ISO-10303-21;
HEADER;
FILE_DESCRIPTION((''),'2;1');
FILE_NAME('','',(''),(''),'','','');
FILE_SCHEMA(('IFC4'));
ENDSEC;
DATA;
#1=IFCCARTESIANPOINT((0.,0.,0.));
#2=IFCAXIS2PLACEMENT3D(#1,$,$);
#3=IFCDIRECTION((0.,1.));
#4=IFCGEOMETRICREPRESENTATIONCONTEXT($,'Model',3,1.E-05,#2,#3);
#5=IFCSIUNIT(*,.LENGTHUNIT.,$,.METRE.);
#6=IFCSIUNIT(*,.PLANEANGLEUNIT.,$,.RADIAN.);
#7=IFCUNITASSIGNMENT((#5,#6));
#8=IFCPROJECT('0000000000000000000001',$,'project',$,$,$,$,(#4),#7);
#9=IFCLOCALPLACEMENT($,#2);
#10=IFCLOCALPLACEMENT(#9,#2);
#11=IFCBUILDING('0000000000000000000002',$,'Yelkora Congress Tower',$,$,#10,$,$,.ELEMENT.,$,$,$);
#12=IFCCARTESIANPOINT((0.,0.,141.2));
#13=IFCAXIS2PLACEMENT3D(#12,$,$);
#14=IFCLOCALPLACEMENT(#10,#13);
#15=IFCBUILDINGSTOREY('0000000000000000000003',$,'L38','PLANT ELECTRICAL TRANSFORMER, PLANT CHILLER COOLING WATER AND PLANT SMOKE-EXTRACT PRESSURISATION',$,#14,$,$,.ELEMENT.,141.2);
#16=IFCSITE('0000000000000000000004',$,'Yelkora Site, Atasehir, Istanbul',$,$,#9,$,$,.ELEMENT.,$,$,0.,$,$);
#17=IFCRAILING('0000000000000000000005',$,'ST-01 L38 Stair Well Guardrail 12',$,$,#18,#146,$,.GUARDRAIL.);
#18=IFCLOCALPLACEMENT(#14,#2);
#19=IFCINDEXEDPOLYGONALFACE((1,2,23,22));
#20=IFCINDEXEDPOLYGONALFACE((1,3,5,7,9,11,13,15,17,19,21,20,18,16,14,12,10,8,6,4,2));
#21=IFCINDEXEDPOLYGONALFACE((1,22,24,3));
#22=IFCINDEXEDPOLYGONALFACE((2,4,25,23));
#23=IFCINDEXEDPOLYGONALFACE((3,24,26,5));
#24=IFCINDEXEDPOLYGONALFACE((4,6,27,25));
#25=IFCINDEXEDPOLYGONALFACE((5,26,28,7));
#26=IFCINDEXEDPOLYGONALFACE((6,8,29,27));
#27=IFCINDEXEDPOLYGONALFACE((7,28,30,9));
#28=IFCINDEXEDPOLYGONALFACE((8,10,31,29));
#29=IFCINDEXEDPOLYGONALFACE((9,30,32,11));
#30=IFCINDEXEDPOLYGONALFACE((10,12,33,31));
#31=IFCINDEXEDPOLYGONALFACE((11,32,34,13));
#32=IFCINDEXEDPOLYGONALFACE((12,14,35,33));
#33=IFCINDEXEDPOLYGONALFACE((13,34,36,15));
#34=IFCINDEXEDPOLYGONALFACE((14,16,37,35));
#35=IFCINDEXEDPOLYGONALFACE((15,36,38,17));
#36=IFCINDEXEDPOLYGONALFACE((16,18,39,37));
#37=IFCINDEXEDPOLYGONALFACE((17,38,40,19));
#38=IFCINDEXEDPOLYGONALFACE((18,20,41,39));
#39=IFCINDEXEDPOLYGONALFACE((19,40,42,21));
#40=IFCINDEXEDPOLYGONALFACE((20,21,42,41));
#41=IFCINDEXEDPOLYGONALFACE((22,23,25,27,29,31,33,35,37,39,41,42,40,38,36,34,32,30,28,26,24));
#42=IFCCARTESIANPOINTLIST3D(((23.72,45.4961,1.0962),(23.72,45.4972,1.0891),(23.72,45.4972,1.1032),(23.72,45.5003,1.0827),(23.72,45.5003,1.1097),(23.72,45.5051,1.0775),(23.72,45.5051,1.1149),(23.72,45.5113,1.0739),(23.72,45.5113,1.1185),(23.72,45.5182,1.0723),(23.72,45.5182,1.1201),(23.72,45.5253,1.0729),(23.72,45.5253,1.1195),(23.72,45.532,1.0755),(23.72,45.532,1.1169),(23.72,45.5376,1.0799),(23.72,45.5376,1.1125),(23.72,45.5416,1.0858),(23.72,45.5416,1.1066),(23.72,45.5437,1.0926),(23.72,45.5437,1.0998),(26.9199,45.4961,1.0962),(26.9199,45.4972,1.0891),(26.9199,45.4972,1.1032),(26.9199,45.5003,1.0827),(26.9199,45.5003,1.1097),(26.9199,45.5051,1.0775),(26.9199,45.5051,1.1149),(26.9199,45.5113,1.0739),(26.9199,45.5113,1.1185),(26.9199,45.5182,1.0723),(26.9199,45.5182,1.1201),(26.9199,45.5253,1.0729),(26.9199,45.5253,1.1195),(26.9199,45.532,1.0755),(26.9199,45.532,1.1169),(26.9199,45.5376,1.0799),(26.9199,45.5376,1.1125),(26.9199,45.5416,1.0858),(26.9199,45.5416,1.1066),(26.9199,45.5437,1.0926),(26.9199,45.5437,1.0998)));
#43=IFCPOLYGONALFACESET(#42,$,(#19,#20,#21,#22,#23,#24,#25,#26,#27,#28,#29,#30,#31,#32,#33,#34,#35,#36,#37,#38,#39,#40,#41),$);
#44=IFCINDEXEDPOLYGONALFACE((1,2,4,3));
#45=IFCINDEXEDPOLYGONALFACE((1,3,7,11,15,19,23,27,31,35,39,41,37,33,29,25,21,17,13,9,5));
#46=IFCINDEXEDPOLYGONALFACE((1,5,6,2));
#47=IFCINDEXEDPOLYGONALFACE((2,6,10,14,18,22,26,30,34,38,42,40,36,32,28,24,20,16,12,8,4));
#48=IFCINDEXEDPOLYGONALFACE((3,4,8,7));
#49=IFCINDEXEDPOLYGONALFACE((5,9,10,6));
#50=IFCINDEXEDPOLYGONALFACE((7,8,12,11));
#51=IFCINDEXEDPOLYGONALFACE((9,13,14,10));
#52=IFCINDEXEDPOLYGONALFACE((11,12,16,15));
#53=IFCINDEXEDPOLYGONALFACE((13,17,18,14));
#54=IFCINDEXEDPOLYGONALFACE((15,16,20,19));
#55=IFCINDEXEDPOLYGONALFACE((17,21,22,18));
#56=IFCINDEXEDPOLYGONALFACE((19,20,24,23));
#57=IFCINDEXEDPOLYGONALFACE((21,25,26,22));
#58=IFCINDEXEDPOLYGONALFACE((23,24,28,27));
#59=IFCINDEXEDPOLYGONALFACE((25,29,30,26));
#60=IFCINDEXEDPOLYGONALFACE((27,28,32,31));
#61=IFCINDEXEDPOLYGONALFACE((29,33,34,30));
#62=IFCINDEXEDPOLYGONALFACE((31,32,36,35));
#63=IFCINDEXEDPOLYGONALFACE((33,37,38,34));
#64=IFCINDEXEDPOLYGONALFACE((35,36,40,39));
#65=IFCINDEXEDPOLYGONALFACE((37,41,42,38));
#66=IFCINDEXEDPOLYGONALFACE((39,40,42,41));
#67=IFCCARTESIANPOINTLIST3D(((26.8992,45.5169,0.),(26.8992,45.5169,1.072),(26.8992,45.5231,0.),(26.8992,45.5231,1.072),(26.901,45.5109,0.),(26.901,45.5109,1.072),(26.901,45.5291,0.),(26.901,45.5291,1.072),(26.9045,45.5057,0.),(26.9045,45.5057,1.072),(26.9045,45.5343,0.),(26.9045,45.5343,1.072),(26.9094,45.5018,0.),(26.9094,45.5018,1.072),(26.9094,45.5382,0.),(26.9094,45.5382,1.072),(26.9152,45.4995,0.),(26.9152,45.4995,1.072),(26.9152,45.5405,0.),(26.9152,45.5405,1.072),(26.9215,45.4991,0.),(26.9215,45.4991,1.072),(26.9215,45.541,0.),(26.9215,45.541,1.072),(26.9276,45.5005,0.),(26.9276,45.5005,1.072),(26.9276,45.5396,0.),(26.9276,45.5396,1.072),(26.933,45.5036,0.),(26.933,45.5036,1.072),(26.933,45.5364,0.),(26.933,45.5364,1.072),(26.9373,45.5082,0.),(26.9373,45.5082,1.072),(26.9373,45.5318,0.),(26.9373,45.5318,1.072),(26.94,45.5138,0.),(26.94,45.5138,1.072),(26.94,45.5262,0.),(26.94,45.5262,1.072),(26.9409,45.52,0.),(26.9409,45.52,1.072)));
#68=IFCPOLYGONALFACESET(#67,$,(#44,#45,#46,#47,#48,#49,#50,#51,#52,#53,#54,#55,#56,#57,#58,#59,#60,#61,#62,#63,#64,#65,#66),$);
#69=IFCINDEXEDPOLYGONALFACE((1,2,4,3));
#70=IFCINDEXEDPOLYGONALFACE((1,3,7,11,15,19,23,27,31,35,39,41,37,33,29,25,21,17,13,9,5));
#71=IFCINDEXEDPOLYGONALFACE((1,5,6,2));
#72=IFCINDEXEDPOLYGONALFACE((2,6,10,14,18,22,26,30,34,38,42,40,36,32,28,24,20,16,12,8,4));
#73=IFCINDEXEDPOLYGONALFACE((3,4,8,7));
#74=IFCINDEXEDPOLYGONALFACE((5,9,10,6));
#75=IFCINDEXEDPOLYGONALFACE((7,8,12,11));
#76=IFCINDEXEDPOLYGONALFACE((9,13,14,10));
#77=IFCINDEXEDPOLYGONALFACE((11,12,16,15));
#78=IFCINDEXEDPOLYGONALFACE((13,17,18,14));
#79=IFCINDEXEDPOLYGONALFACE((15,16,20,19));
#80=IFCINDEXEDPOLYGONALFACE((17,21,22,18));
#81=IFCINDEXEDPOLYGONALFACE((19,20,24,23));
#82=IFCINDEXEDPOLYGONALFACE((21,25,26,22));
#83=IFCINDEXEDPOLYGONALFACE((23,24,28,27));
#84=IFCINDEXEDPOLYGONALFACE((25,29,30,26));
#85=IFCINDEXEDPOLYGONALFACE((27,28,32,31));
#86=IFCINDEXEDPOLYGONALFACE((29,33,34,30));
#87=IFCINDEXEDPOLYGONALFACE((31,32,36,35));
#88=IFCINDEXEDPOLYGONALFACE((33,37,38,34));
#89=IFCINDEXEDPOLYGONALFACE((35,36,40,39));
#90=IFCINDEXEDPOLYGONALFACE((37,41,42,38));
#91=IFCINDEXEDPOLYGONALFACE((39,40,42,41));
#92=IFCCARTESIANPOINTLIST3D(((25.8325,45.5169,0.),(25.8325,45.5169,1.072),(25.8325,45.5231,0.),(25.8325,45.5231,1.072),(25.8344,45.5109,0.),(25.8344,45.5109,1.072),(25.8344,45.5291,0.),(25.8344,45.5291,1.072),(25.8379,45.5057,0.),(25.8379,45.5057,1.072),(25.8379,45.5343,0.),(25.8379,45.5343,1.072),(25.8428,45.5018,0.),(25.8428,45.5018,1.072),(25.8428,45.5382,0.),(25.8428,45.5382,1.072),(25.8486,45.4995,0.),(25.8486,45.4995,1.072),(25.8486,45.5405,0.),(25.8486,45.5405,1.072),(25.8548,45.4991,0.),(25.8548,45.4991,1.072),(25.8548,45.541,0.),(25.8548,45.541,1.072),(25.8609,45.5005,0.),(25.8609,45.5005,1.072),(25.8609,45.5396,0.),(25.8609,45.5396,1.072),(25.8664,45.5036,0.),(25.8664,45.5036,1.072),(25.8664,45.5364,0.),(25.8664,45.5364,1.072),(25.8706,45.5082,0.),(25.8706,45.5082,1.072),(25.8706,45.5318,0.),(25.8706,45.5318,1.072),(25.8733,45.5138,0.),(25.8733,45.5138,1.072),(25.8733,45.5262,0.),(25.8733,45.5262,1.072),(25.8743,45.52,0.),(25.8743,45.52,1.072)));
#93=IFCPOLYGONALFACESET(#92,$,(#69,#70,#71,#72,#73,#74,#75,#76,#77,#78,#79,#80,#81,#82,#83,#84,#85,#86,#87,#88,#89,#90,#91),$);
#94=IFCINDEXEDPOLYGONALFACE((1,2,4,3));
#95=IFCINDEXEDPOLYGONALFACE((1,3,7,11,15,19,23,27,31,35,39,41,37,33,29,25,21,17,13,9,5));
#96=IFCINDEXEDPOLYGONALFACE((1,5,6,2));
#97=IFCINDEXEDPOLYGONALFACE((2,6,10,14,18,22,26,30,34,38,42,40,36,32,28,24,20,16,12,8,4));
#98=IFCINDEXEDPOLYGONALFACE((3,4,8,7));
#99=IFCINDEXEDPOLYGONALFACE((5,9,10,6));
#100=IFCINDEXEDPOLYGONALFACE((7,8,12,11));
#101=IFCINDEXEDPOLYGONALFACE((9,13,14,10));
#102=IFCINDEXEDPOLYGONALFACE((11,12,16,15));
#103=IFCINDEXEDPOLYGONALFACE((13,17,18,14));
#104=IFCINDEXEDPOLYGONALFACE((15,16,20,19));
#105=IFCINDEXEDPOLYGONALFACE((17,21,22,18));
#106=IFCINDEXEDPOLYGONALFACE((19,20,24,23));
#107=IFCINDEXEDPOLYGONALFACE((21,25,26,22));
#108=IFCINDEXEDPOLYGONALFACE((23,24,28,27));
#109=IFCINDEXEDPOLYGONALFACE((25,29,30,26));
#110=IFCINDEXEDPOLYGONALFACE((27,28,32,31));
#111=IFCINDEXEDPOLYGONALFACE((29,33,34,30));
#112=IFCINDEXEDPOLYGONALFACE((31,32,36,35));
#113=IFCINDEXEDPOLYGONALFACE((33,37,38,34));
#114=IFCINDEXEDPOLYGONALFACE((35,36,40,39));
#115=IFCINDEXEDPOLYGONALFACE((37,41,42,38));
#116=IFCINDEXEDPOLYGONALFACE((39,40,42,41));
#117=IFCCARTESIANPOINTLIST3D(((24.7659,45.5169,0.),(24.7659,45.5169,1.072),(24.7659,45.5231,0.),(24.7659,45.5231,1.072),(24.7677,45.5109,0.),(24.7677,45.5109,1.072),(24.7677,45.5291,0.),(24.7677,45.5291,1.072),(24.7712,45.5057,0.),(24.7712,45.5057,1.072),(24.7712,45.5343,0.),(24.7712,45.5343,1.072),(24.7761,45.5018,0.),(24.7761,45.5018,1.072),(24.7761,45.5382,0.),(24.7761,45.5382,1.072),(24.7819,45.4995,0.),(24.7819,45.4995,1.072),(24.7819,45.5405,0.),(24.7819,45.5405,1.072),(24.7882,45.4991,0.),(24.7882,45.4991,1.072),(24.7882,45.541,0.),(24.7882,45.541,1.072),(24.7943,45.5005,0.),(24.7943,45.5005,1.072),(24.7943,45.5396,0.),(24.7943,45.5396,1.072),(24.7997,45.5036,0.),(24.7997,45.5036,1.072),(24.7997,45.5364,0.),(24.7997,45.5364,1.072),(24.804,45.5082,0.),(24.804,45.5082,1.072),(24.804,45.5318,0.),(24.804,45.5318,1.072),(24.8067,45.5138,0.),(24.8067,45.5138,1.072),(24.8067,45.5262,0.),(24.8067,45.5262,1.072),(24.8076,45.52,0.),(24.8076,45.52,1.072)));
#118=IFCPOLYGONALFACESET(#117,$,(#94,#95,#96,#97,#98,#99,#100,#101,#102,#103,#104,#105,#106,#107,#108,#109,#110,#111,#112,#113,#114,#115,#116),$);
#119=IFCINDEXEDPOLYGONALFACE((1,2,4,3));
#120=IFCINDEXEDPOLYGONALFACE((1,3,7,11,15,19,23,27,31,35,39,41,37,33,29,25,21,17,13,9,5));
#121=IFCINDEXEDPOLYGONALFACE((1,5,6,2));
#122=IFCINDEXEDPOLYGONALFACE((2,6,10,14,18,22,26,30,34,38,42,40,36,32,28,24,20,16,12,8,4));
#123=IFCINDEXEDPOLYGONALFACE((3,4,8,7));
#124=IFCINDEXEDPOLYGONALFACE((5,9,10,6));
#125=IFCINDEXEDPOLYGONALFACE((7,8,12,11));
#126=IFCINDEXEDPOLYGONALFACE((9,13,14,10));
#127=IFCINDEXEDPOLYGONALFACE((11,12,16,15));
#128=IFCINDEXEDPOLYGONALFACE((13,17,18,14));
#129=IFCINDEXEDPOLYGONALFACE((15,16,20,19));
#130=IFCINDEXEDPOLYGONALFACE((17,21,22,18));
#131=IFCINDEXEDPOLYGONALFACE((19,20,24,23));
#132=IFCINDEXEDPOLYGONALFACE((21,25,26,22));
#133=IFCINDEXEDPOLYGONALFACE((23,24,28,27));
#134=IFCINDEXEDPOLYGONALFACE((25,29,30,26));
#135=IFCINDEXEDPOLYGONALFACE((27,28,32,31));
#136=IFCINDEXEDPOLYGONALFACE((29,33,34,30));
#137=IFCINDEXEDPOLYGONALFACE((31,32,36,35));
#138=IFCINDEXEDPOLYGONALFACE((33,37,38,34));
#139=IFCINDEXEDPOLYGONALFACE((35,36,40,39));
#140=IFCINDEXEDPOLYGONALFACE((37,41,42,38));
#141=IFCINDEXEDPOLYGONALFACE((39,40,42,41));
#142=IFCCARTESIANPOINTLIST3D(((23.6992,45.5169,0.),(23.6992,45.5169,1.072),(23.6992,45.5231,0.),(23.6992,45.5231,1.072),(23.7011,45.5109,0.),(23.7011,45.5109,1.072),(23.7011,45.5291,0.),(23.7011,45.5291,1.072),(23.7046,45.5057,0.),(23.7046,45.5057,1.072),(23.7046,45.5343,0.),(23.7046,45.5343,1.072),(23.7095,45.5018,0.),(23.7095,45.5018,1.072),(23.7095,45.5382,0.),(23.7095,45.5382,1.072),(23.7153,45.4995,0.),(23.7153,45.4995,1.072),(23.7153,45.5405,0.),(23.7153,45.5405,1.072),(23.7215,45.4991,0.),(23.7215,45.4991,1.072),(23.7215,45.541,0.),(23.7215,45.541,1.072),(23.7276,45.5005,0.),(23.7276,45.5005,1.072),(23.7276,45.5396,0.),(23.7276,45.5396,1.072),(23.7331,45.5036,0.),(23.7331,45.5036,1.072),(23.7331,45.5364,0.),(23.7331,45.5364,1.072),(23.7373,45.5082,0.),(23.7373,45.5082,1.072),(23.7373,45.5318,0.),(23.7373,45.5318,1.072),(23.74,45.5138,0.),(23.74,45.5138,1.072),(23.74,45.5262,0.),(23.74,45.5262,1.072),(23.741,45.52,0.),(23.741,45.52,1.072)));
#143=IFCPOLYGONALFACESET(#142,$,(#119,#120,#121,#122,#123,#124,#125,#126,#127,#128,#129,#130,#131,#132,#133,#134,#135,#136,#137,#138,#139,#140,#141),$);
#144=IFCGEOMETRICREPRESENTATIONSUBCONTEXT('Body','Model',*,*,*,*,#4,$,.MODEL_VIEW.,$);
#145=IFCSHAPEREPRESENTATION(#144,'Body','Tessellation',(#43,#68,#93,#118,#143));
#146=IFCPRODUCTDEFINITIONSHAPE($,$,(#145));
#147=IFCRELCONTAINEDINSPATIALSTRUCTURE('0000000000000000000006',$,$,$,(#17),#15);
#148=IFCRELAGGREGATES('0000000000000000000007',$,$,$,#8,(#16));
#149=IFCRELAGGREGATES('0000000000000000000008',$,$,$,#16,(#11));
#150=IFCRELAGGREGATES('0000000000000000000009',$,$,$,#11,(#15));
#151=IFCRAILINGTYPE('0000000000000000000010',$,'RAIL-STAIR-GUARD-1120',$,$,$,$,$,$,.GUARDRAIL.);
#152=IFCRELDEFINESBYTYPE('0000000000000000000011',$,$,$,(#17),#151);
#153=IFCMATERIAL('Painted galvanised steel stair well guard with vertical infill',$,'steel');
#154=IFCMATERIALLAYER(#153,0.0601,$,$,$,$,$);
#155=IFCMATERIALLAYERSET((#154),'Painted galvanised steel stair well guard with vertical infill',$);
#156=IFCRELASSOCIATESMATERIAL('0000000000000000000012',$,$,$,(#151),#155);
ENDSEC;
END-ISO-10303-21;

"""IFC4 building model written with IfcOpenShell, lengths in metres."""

from ifc_helpers import new_model, si_unit, direction, frame, origin, origin_2d, place, context, subcontext, project, spatial, circle, extrude, material, layer, layer_set, type_object, element, save


model = new_model("IFC4")

# Units and contexts
model_context = context("Model", 3, precision=1e-05, world=origin(), true_north=direction((0.0, 1.0)))
body_context = subcontext(model_context, "Body", "Model", "MODEL_VIEW")
ifc_project = project(units=[si_unit("LENGTHUNIT", "METRE"), si_unit("PLANEANGLEUNIT", "RADIAN")], contexts=[model_context])

# Site, building, storey
site_placement = place(None, origin())
site = spatial("IfcSite", under=ifc_project, at=site_placement, Name="Yelkora Site, Atasehir, Istanbul", CompositionType="ELEMENT", RefElevation=0.0)
building_placement = place(site_placement, origin())
building = spatial("IfcBuilding", under=site, at=building_placement, Name="Yelkora Congress Tower", CompositionType="ELEMENT")
storey_placement = place(building_placement, frame((0.0, 0.0, 141.2)))
storey = spatial("IfcBuildingStorey", under=building, at=storey_placement, Name="L38", Description="PLANT ELECTRICAL TRANSFORMER, PLANT CHILLER COOLING WATER AND PLANT SMOKE-EXTRACT PRESSURISATION", CompositionType="ELEMENT", Elevation=141.2)

# Railing
ifc_material_1 = material(Name="Painted galvanised steel stair well guard with vertical infill", Category="steel")
ifc_layer_1 = layer(ifc_material_1, 0.0601)
ifc_layer_set_1 = layer_set([ifc_layer_1], Name="Painted galvanised steel stair well guard with vertical infill")
railing_type_1 = type_object("IfcRailingType", Name="RAIL-STAIR-GUARD-1120", PredefinedType="GUARDRAIL", material=ifc_layer_set_1)
railing_1_placement = place(storey_placement, frame((26.9199, 45.52, 0.0)))
element("IfcRailing", 1, at=railing_1_placement, inside=storey, type_object=railing_type_1, Name="ST-01 L38 Stair Well Guardrail 12", PredefinedType="GUARDRAIL", context=body_context, shape_type="SweptSolid", body=[
    extrude(circle(Radius=0.0239, at=origin_2d()), frame((0.0, 0.0, 1.0962), z_axis=(-1.0, 0.0, 0.0), x_axis=(0.0, -1.0, 0.0)), (0.0, 0.0, 1.0), 3.2),
    extrude(circle(Radius=0.021, at=origin_2d()), origin(), (0.0, 0.0, 1.0), 1.072),
    extrude(circle(Radius=0.021, at=origin_2d()), frame((-1.0667, 0.0, 0.0)), (0.0, 0.0, 1.0), 1.072),
    extrude(circle(Radius=0.021, at=origin_2d()), frame((-2.1333, 0.0, 0.0)), (0.0, 0.0, 1.0), 1.072),
    extrude(circle(Radius=0.021, at=origin_2d()), frame((-3.2, 0.0, 0.0)), (0.0, 0.0, 1.0), 1.072),
])

save(model, "model.ifc")
